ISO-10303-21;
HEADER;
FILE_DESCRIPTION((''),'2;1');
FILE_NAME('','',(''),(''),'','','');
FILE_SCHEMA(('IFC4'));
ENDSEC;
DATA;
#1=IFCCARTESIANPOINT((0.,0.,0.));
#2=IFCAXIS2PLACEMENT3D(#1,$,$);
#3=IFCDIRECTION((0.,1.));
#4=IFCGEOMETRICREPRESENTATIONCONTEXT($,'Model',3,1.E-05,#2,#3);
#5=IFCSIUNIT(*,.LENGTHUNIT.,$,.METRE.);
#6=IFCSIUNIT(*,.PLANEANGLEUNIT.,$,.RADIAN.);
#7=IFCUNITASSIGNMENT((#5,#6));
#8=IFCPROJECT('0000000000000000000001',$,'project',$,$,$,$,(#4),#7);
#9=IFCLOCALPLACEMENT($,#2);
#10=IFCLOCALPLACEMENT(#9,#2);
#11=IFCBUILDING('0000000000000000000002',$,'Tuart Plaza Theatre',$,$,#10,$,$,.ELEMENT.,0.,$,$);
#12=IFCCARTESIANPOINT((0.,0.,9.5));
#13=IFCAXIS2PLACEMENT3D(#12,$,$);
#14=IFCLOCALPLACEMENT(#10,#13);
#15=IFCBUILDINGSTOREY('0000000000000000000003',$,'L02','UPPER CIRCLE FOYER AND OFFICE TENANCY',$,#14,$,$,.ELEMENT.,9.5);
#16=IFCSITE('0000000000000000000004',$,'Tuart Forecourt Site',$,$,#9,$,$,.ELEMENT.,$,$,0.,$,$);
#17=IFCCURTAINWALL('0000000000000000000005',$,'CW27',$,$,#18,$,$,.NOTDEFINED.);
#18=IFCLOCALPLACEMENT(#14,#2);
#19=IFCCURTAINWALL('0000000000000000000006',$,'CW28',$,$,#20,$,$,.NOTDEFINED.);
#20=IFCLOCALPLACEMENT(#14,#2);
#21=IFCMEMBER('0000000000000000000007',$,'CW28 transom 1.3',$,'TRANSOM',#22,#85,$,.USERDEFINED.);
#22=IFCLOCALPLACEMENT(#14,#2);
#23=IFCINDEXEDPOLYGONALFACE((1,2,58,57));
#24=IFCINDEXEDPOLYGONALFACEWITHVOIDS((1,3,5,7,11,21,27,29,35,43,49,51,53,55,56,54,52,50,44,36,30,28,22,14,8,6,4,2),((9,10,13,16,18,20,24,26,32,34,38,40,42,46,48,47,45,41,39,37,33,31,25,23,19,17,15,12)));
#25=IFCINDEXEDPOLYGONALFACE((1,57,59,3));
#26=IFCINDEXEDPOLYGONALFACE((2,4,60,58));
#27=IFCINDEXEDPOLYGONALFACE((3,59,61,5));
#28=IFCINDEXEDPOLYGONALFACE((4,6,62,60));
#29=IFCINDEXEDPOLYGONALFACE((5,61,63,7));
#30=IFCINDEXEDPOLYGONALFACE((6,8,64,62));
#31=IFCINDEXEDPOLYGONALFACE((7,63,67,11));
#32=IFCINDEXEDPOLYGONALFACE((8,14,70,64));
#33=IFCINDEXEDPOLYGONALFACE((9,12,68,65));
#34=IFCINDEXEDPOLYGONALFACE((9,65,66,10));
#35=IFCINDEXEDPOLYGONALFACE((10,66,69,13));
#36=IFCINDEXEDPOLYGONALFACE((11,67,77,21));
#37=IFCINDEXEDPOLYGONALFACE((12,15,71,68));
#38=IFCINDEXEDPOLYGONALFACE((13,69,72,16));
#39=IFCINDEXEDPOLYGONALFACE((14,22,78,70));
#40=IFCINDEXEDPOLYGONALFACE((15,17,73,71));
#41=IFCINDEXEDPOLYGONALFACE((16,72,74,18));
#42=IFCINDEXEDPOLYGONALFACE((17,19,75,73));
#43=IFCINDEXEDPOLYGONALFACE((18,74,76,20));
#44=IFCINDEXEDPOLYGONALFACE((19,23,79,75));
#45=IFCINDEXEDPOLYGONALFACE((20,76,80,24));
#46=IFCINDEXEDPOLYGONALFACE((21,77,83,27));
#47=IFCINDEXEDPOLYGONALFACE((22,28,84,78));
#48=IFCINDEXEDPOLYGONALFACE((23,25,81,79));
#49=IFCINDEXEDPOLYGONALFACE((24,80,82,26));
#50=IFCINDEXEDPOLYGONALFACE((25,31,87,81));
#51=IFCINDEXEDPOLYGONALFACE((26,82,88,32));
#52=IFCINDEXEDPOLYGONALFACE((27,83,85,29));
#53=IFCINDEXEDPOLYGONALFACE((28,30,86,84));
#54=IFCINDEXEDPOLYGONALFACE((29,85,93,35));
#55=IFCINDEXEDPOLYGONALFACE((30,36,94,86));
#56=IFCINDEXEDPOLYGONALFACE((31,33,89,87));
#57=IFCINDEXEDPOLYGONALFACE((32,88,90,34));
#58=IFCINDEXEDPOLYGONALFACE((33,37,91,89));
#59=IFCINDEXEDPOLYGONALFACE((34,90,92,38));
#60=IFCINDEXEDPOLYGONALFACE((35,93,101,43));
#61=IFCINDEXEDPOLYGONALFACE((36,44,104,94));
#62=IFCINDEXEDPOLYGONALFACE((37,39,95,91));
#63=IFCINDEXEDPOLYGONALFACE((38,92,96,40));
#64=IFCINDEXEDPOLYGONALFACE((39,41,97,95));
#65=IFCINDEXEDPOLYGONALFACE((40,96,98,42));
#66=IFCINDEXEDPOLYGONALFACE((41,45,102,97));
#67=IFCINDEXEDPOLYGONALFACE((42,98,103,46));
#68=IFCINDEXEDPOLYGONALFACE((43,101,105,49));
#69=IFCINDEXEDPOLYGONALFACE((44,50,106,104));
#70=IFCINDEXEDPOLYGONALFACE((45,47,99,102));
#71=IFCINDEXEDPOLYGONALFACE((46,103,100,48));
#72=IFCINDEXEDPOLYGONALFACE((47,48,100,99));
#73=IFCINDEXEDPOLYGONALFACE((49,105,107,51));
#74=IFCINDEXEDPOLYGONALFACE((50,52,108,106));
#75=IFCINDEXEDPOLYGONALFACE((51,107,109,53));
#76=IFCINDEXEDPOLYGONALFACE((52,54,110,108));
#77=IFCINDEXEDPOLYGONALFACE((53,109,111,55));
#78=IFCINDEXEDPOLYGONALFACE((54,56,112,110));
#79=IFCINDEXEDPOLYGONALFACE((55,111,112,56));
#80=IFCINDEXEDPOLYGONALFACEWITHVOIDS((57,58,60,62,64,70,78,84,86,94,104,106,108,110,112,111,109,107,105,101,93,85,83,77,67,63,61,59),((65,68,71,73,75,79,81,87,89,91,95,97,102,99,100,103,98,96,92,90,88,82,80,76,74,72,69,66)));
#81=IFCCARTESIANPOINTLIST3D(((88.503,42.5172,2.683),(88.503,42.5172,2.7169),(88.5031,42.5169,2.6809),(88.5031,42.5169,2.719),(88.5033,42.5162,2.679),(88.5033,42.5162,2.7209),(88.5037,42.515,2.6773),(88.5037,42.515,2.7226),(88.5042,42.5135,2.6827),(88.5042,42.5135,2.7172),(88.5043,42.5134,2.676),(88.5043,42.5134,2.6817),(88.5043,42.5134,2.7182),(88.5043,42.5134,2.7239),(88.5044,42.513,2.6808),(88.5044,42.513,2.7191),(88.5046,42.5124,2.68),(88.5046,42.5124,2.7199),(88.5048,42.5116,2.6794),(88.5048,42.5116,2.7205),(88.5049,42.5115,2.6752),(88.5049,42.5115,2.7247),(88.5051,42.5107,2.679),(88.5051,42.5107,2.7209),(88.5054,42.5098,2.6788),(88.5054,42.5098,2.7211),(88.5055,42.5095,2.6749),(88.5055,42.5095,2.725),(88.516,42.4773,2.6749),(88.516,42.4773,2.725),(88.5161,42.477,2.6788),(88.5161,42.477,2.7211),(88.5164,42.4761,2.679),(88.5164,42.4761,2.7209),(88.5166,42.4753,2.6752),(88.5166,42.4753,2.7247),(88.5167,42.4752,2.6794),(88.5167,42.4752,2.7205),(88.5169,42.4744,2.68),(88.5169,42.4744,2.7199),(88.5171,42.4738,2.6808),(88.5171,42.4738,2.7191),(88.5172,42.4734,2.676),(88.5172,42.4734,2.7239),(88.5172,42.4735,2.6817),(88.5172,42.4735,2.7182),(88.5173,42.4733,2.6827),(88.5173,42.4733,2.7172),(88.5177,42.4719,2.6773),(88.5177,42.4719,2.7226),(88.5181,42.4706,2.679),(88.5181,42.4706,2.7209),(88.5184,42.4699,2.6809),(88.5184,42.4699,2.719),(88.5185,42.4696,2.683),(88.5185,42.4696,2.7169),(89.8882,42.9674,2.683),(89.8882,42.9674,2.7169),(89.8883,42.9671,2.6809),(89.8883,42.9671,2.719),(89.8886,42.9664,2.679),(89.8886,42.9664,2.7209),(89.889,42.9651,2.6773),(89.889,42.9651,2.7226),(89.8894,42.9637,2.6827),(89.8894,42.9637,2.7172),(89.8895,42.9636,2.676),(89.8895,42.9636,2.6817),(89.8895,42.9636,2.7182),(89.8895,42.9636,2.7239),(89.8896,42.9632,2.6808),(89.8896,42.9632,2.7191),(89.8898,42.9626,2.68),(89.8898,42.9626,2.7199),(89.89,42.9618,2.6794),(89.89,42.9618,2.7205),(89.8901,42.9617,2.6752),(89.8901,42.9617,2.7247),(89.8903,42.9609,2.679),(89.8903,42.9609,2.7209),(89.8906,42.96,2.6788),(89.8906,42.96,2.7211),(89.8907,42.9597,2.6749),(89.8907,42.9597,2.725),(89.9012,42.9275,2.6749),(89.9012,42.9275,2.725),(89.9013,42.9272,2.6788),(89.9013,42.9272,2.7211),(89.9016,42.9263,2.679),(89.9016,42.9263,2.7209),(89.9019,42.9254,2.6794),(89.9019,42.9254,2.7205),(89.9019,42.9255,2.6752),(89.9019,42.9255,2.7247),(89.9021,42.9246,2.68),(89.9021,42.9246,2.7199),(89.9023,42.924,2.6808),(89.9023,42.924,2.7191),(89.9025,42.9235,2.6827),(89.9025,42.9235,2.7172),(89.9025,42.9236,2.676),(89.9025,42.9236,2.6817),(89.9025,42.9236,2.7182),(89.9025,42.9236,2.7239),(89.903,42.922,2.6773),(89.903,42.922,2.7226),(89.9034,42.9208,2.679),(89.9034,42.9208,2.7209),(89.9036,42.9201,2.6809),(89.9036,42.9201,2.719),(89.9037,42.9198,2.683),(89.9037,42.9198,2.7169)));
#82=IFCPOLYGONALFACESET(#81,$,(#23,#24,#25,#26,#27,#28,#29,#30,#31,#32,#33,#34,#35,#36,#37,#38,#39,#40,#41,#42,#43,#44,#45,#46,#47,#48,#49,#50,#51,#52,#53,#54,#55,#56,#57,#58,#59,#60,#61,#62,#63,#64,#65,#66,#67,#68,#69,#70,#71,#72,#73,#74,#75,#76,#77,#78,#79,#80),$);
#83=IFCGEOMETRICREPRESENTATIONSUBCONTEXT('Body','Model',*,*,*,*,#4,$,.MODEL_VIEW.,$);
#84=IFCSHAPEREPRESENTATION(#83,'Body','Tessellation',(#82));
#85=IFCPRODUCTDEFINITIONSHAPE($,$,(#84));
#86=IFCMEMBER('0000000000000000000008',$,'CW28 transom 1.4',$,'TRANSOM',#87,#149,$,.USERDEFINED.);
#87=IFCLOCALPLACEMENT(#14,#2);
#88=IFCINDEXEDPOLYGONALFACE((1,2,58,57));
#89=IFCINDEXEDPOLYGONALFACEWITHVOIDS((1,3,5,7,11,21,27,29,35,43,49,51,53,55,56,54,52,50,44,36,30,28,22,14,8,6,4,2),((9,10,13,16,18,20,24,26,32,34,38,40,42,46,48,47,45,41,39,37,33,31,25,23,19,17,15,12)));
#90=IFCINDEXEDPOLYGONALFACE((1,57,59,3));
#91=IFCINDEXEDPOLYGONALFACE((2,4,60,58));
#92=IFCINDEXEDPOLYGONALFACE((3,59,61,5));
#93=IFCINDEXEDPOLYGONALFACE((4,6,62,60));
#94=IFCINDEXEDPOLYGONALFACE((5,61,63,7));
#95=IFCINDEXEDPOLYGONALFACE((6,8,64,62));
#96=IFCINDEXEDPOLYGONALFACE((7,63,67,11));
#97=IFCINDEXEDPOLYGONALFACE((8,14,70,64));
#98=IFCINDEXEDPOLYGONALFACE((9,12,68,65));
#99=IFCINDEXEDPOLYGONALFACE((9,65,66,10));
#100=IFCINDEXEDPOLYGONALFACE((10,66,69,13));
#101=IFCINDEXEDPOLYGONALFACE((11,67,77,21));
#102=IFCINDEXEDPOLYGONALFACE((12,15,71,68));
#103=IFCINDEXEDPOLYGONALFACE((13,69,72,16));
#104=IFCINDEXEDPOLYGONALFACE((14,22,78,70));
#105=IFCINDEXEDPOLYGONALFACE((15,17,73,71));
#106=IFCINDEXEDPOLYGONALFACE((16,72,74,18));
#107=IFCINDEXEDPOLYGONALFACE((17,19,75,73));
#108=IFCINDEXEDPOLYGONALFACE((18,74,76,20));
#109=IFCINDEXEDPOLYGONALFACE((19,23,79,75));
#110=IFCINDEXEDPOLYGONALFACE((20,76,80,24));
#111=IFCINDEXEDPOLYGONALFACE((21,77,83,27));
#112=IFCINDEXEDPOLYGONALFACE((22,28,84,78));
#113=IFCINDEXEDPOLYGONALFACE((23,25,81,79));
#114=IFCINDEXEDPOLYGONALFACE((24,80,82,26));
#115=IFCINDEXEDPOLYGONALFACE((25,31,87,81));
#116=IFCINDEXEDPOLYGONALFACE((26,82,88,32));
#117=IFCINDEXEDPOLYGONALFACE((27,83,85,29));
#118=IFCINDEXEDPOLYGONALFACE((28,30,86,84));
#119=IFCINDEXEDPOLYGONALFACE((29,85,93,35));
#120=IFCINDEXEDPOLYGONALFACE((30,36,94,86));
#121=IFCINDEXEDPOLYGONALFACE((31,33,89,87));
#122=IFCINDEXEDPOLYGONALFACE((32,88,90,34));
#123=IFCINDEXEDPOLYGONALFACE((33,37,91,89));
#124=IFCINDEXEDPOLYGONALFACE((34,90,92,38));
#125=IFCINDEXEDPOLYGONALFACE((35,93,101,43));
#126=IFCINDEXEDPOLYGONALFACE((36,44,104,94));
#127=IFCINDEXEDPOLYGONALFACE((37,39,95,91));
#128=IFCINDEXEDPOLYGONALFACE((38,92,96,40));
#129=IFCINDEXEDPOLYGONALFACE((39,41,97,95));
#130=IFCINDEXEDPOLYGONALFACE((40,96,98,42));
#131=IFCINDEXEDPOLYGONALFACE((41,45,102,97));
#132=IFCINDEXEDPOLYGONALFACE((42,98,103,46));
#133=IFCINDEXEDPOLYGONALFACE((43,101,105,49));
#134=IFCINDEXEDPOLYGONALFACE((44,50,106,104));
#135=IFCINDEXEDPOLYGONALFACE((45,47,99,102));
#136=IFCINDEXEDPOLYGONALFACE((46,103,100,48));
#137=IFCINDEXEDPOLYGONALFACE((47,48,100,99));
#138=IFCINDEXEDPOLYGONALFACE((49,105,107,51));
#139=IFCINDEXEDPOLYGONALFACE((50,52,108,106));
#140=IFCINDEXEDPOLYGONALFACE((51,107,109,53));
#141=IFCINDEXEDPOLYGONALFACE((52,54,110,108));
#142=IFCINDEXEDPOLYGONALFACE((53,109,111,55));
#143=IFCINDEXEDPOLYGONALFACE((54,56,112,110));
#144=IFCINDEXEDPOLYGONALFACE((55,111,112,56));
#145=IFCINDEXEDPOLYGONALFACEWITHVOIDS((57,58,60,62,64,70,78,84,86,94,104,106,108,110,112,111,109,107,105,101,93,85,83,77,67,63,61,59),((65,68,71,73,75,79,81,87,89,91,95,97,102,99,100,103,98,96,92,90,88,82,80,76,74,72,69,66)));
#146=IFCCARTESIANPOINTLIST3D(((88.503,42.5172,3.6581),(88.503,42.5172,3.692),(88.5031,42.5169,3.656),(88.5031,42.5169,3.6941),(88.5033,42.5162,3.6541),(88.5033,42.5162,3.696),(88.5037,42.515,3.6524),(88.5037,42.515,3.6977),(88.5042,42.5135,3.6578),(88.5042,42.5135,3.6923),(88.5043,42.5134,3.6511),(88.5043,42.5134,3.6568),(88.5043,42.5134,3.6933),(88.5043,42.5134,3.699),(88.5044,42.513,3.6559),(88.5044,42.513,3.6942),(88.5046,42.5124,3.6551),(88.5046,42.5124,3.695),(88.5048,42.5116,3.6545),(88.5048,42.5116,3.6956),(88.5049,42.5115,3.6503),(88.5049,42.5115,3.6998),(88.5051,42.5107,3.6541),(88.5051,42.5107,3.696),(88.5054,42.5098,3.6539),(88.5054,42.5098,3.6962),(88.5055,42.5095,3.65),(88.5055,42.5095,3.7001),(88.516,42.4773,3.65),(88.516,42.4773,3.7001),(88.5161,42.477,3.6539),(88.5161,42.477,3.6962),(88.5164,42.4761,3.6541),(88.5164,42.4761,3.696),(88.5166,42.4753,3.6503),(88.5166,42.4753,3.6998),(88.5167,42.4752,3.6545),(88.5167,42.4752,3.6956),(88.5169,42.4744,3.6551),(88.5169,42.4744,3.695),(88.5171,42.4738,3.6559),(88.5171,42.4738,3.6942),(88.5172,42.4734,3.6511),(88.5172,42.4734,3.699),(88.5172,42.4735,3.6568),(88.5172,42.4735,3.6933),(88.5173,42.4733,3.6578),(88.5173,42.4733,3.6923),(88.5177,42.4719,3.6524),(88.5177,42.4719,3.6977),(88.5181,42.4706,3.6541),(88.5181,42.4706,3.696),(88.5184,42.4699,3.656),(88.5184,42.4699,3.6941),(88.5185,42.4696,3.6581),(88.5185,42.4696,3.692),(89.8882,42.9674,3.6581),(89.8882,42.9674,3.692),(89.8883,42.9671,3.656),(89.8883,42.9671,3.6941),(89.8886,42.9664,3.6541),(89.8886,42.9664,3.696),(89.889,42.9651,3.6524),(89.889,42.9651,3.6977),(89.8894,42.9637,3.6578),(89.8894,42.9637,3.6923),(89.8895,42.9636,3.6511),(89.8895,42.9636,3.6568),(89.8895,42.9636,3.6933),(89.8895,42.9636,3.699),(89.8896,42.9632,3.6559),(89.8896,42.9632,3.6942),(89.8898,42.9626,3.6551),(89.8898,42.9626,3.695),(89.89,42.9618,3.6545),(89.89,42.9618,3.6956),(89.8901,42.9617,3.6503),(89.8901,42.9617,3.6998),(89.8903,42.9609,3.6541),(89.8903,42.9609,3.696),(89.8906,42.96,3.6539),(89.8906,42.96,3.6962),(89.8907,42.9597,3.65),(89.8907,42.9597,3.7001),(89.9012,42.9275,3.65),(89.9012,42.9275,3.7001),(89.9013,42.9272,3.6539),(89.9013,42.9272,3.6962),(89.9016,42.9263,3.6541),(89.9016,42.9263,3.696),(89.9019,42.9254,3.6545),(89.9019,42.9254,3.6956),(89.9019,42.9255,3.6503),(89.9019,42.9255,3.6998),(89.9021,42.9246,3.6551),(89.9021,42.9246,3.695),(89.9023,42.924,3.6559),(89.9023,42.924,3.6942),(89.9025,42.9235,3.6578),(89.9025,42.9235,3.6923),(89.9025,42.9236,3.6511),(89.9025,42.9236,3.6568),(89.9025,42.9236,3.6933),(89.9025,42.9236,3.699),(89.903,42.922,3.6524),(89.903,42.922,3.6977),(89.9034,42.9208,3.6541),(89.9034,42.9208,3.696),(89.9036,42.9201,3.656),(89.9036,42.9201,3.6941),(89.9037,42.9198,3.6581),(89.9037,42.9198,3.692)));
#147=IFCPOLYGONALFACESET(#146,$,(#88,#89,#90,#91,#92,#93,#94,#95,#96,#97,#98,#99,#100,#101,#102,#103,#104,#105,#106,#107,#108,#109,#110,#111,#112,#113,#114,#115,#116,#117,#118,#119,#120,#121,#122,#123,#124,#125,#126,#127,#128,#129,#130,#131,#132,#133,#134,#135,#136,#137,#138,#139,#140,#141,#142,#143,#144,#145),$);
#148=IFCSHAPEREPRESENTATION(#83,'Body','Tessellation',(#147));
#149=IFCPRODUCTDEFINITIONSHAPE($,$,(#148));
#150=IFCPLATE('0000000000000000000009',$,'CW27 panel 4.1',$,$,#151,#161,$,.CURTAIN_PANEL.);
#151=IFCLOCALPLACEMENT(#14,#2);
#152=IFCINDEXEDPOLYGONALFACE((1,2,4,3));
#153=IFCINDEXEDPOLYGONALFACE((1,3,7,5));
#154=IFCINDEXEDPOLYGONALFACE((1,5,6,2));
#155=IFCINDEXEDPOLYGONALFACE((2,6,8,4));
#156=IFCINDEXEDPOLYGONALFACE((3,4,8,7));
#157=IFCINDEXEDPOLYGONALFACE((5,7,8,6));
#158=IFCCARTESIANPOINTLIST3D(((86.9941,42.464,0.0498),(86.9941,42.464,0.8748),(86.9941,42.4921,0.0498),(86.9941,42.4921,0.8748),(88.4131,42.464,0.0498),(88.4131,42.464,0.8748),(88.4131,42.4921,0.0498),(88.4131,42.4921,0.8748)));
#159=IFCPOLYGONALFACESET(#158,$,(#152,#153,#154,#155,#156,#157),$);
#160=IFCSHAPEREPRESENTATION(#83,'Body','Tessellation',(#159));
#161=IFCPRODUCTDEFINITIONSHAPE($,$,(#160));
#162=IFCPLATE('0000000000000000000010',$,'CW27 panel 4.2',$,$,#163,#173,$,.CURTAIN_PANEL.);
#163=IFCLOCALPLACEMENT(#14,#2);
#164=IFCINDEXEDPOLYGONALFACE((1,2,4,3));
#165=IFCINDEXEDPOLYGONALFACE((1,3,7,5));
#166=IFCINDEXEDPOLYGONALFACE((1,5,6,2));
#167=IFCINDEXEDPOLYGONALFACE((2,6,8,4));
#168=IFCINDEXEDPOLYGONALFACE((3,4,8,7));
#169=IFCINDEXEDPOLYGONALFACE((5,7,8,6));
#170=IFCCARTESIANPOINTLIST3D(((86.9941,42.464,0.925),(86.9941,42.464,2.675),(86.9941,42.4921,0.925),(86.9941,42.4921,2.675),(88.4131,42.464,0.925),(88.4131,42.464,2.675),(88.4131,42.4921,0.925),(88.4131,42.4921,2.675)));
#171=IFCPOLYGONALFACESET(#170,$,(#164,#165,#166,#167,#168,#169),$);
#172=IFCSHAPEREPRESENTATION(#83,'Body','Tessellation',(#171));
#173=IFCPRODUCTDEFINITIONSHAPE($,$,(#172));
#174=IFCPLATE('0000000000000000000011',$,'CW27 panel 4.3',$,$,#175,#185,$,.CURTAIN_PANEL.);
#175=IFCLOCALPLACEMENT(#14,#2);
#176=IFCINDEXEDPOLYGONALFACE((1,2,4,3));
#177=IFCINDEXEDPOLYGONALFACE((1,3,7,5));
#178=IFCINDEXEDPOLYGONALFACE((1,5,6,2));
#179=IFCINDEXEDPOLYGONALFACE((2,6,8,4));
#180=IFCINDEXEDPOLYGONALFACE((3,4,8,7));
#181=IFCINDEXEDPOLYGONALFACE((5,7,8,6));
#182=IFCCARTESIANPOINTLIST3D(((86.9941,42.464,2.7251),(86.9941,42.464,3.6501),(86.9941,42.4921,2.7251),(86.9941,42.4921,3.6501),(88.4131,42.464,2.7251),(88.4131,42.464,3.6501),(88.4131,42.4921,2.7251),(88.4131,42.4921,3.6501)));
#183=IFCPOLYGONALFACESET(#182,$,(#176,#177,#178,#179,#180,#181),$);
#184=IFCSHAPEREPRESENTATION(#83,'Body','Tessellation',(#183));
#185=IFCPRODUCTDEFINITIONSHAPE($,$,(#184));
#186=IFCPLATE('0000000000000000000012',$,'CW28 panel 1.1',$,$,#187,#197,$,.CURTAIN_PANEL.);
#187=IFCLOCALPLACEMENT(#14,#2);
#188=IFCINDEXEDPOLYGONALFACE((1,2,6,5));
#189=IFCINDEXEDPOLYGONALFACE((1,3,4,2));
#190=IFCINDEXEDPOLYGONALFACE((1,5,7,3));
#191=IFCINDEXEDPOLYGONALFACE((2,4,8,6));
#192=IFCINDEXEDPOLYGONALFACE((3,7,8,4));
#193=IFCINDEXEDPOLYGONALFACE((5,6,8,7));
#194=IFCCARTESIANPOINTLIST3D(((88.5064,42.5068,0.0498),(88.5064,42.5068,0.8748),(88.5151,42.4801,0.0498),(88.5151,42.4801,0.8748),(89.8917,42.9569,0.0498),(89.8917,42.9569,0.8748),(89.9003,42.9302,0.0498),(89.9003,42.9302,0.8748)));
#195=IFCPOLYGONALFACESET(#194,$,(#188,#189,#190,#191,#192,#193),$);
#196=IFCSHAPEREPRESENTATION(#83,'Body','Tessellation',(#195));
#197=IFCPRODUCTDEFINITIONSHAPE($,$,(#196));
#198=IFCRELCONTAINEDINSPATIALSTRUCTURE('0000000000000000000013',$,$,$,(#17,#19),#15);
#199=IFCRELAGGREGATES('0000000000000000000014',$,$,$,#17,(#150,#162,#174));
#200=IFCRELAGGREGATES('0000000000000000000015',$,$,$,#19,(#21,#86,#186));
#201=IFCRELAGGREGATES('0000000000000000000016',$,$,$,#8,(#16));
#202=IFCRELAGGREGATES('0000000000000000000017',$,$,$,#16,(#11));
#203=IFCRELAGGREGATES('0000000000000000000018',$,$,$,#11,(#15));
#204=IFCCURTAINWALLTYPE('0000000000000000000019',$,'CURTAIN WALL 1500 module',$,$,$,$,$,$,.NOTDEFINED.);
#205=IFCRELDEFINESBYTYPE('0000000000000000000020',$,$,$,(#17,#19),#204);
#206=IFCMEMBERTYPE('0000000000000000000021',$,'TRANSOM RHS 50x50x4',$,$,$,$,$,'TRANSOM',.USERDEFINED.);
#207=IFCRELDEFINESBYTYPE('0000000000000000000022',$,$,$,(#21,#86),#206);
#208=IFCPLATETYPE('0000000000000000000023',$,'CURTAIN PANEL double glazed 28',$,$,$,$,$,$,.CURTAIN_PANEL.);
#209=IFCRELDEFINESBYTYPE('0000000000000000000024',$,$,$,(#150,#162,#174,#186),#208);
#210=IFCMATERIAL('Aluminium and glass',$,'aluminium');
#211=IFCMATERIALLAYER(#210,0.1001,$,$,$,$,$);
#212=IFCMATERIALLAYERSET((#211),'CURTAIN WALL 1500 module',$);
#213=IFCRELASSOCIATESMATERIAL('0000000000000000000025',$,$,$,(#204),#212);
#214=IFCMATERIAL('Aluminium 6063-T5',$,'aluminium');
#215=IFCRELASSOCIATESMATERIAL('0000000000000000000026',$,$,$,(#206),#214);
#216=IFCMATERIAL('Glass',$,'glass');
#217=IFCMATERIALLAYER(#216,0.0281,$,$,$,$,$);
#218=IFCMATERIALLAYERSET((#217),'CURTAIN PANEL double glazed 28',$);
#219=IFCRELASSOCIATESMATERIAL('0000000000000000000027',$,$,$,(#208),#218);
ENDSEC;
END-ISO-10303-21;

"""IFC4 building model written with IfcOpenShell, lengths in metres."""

from ifc_helpers import new_model, si_unit, direction, frame, origin, origin_2d, place, context, subcontext, project, spatial, rectangle, hollow_rectangle, extrude, material, layer, layer_set, material_profile, profile_set, type_object, element, aggregate, save


model = new_model("IFC4")

# Units and contexts
model_context = context("Model", 3, precision=1e-05, world=origin(), true_north=direction((0.0, 1.0)))
body_context = subcontext(model_context, "Body", "Model", "MODEL_VIEW")
ifc_project = project(units=[si_unit("LENGTHUNIT", "METRE"), si_unit("PLANEANGLEUNIT", "RADIAN")], contexts=[model_context])

# Site, building, storey
site_placement = place(None, origin())
site = spatial("IfcSite", under=ifc_project, at=site_placement, Name="Tuart Forecourt Site", CompositionType="ELEMENT", RefElevation=0.0)
building_placement = place(site_placement, origin())
building = spatial("IfcBuilding", under=site, at=building_placement, Name="Tuart Plaza Theatre", CompositionType="ELEMENT", ElevationOfRefHeight=0.0)
storey_placement = place(building_placement, frame((0.0, 0.0, 9.5)))
storey = spatial("IfcBuildingStorey", under=building, at=storey_placement, Name="L02", Description="UPPER CIRCLE FOYER AND OFFICE TENANCY", CompositionType="ELEMENT", Elevation=9.5)

# Curtain wall
ifc_material_1 = material(Name="Aluminium and glass", Category="aluminium")
ifc_layer_1 = layer(ifc_material_1, 0.1001)
ifc_layer_set_1 = layer_set([ifc_layer_1], Name="CURTAIN WALL 1500 module")
curtain_wall_type = type_object("IfcCurtainWallType", Name="CURTAIN WALL 1500 module", PredefinedType="NOTDEFINED", material=ifc_layer_set_1)
curtain_wall_1_placement = place(storey_placement, origin())
curtain_wall_1 = element("IfcCurtainWall", 1, at=curtain_wall_1_placement, inside=storey, type_object=curtain_wall_type, Name="CW27", PredefinedType="NOTDEFINED")

# Curtain wall
curtain_wall_2_placement = place(storey_placement, origin())
curtain_wall_2 = element("IfcCurtainWall", 2, at=curtain_wall_2_placement, inside=storey, type_object=curtain_wall_type, Name="CW28", PredefinedType="NOTDEFINED")

# Members
ifc_material_2 = material(Name="Aluminium 6063-T5", Category="aluminium")
ifc_material_profile_1 = material_profile(ifc_material_2, hollow_rectangle(XDim=0.05, YDim=0.05, WallThickness=0.0039, InnerFilletRadius=0.0039, OuterFilletRadius=0.0081, at=origin_2d()), Name="RHS 50x50x4")
ifc_profile_set_1 = profile_set([ifc_material_profile_1], Name="Aluminium 6063-T5")
member_type_1 = type_object("IfcMemberType", Name="TRANSOM RHS 50x50x4", ElementType="TRANSOM", PredefinedType="USERDEFINED", material=ifc_profile_set_1)
member_1_placement = place(storey_placement, frame((88.5107, 42.4934, 2.7), z_axis=(0.951037, 0.309078, 0.0), x_axis=(-0.309078, 0.951037, 0.0)))
member_1 = element("IfcMember", 3, at=member_1_placement, type_object=member_type_1, Name="CW28 transom 1.3", ObjectType="TRANSOM", PredefinedType="USERDEFINED", context=body_context, shape_type="SweptSolid", body=[
    extrude(hollow_rectangle(XDim=0.05, YDim=0.05, WallThickness=0.0039, InnerFilletRadius=0.0039, OuterFilletRadius=0.0081, at=origin_2d()), origin(), (0.0, 0.0, 1.0), 1.4565),
])
member_2_placement = place(storey_placement, frame((88.5107, 42.4934, 3.675), z_axis=(0.951037, 0.309078, 0.0), x_axis=(-0.309078, 0.951037, 0.0)))
member_2 = element("IfcMember", 4, at=member_2_placement, type_object=member_type_1, Name="CW28 transom 1.4", ObjectType="TRANSOM", PredefinedType="USERDEFINED", context=body_context, shape_type="SweptSolid", body=[
    extrude(hollow_rectangle(XDim=0.05, YDim=0.05, WallThickness=0.0039, InnerFilletRadius=0.0039, OuterFilletRadius=0.0081, at=origin_2d()), origin(), (0.0, 0.0, 1.0), 1.4565),
])

# Plates
ifc_material_3 = material(Name="Glass", Category="glass")
ifc_layer_2 = layer(ifc_material_3, 0.0281)
ifc_layer_set_2 = layer_set([ifc_layer_2], Name="CURTAIN PANEL double glazed 28")
plate_type_1 = type_object("IfcPlateType", Name="CURTAIN PANEL double glazed 28", PredefinedType="CURTAIN_PANEL", material=ifc_layer_set_2)
plate_1_placement = place(storey_placement, frame((87.7036, 42.478, 0.0498), z_axis=(0.0, 0.0, 1.0), x_axis=(1.0, 0.0, 0.0)))
plate_1 = element("IfcPlate", 5, at=plate_1_placement, type_object=plate_type_1, Name="CW27 panel 4.1", PredefinedType="CURTAIN_PANEL", context=body_context, shape_type="SweptSolid", body=[
    extrude(rectangle(XDim=1.4189, YDim=0.0281, at=origin_2d()), origin(), (0.0, 0.0, 1.0), 0.825),
])
plate_2_placement = place(storey_placement, frame((87.7036, 42.478, 0.925), z_axis=(0.0, 0.0, 1.0), x_axis=(1.0, 0.0, 0.0)))
plate_2 = element("IfcPlate", 6, at=plate_2_placement, type_object=plate_type_1, Name="CW27 panel 4.2", PredefinedType="CURTAIN_PANEL", context=body_context, shape_type="SweptSolid", body=[
    extrude(rectangle(XDim=1.4189, YDim=0.0281, at=origin_2d()), origin(), (0.0, 0.0, 1.0), 1.75),
])
plate_3_placement = place(storey_placement, frame((87.7036, 42.478, 2.7251), z_axis=(0.0, 0.0, 1.0), x_axis=(1.0, 0.0, 0.0)))
plate_3 = element("IfcPlate", 7, at=plate_3_placement, type_object=plate_type_1, Name="CW27 panel 4.3", PredefinedType="CURTAIN_PANEL", context=body_context, shape_type="SweptSolid", body=[
    extrude(rectangle(XDim=1.4189, YDim=0.0281, at=origin_2d()), origin(), (0.0, 0.0, 1.0), 0.925),
])
aggregate(curtain_wall_1, [plate_1, plate_2, plate_3])
plate_4_placement = place(storey_placement, frame((89.2034, 42.7185, 0.0498), z_axis=(0.0, 0.0, 1.0), x_axis=(0.951056, 0.309018, 0.0)))
plate_4 = element("IfcPlate", 8, at=plate_4_placement, type_object=plate_type_1, Name="CW28 panel 1.1", PredefinedType="CURTAIN_PANEL", context=body_context, shape_type="SweptSolid", body=[
    extrude(rectangle(XDim=1.4565, YDim=0.0281, at=origin_2d()), origin(), (0.0, 0.0, 1.0), 0.825),
])
aggregate(curtain_wall_2, [member_1, member_2, plate_4])

save(model, "model.ifc")
